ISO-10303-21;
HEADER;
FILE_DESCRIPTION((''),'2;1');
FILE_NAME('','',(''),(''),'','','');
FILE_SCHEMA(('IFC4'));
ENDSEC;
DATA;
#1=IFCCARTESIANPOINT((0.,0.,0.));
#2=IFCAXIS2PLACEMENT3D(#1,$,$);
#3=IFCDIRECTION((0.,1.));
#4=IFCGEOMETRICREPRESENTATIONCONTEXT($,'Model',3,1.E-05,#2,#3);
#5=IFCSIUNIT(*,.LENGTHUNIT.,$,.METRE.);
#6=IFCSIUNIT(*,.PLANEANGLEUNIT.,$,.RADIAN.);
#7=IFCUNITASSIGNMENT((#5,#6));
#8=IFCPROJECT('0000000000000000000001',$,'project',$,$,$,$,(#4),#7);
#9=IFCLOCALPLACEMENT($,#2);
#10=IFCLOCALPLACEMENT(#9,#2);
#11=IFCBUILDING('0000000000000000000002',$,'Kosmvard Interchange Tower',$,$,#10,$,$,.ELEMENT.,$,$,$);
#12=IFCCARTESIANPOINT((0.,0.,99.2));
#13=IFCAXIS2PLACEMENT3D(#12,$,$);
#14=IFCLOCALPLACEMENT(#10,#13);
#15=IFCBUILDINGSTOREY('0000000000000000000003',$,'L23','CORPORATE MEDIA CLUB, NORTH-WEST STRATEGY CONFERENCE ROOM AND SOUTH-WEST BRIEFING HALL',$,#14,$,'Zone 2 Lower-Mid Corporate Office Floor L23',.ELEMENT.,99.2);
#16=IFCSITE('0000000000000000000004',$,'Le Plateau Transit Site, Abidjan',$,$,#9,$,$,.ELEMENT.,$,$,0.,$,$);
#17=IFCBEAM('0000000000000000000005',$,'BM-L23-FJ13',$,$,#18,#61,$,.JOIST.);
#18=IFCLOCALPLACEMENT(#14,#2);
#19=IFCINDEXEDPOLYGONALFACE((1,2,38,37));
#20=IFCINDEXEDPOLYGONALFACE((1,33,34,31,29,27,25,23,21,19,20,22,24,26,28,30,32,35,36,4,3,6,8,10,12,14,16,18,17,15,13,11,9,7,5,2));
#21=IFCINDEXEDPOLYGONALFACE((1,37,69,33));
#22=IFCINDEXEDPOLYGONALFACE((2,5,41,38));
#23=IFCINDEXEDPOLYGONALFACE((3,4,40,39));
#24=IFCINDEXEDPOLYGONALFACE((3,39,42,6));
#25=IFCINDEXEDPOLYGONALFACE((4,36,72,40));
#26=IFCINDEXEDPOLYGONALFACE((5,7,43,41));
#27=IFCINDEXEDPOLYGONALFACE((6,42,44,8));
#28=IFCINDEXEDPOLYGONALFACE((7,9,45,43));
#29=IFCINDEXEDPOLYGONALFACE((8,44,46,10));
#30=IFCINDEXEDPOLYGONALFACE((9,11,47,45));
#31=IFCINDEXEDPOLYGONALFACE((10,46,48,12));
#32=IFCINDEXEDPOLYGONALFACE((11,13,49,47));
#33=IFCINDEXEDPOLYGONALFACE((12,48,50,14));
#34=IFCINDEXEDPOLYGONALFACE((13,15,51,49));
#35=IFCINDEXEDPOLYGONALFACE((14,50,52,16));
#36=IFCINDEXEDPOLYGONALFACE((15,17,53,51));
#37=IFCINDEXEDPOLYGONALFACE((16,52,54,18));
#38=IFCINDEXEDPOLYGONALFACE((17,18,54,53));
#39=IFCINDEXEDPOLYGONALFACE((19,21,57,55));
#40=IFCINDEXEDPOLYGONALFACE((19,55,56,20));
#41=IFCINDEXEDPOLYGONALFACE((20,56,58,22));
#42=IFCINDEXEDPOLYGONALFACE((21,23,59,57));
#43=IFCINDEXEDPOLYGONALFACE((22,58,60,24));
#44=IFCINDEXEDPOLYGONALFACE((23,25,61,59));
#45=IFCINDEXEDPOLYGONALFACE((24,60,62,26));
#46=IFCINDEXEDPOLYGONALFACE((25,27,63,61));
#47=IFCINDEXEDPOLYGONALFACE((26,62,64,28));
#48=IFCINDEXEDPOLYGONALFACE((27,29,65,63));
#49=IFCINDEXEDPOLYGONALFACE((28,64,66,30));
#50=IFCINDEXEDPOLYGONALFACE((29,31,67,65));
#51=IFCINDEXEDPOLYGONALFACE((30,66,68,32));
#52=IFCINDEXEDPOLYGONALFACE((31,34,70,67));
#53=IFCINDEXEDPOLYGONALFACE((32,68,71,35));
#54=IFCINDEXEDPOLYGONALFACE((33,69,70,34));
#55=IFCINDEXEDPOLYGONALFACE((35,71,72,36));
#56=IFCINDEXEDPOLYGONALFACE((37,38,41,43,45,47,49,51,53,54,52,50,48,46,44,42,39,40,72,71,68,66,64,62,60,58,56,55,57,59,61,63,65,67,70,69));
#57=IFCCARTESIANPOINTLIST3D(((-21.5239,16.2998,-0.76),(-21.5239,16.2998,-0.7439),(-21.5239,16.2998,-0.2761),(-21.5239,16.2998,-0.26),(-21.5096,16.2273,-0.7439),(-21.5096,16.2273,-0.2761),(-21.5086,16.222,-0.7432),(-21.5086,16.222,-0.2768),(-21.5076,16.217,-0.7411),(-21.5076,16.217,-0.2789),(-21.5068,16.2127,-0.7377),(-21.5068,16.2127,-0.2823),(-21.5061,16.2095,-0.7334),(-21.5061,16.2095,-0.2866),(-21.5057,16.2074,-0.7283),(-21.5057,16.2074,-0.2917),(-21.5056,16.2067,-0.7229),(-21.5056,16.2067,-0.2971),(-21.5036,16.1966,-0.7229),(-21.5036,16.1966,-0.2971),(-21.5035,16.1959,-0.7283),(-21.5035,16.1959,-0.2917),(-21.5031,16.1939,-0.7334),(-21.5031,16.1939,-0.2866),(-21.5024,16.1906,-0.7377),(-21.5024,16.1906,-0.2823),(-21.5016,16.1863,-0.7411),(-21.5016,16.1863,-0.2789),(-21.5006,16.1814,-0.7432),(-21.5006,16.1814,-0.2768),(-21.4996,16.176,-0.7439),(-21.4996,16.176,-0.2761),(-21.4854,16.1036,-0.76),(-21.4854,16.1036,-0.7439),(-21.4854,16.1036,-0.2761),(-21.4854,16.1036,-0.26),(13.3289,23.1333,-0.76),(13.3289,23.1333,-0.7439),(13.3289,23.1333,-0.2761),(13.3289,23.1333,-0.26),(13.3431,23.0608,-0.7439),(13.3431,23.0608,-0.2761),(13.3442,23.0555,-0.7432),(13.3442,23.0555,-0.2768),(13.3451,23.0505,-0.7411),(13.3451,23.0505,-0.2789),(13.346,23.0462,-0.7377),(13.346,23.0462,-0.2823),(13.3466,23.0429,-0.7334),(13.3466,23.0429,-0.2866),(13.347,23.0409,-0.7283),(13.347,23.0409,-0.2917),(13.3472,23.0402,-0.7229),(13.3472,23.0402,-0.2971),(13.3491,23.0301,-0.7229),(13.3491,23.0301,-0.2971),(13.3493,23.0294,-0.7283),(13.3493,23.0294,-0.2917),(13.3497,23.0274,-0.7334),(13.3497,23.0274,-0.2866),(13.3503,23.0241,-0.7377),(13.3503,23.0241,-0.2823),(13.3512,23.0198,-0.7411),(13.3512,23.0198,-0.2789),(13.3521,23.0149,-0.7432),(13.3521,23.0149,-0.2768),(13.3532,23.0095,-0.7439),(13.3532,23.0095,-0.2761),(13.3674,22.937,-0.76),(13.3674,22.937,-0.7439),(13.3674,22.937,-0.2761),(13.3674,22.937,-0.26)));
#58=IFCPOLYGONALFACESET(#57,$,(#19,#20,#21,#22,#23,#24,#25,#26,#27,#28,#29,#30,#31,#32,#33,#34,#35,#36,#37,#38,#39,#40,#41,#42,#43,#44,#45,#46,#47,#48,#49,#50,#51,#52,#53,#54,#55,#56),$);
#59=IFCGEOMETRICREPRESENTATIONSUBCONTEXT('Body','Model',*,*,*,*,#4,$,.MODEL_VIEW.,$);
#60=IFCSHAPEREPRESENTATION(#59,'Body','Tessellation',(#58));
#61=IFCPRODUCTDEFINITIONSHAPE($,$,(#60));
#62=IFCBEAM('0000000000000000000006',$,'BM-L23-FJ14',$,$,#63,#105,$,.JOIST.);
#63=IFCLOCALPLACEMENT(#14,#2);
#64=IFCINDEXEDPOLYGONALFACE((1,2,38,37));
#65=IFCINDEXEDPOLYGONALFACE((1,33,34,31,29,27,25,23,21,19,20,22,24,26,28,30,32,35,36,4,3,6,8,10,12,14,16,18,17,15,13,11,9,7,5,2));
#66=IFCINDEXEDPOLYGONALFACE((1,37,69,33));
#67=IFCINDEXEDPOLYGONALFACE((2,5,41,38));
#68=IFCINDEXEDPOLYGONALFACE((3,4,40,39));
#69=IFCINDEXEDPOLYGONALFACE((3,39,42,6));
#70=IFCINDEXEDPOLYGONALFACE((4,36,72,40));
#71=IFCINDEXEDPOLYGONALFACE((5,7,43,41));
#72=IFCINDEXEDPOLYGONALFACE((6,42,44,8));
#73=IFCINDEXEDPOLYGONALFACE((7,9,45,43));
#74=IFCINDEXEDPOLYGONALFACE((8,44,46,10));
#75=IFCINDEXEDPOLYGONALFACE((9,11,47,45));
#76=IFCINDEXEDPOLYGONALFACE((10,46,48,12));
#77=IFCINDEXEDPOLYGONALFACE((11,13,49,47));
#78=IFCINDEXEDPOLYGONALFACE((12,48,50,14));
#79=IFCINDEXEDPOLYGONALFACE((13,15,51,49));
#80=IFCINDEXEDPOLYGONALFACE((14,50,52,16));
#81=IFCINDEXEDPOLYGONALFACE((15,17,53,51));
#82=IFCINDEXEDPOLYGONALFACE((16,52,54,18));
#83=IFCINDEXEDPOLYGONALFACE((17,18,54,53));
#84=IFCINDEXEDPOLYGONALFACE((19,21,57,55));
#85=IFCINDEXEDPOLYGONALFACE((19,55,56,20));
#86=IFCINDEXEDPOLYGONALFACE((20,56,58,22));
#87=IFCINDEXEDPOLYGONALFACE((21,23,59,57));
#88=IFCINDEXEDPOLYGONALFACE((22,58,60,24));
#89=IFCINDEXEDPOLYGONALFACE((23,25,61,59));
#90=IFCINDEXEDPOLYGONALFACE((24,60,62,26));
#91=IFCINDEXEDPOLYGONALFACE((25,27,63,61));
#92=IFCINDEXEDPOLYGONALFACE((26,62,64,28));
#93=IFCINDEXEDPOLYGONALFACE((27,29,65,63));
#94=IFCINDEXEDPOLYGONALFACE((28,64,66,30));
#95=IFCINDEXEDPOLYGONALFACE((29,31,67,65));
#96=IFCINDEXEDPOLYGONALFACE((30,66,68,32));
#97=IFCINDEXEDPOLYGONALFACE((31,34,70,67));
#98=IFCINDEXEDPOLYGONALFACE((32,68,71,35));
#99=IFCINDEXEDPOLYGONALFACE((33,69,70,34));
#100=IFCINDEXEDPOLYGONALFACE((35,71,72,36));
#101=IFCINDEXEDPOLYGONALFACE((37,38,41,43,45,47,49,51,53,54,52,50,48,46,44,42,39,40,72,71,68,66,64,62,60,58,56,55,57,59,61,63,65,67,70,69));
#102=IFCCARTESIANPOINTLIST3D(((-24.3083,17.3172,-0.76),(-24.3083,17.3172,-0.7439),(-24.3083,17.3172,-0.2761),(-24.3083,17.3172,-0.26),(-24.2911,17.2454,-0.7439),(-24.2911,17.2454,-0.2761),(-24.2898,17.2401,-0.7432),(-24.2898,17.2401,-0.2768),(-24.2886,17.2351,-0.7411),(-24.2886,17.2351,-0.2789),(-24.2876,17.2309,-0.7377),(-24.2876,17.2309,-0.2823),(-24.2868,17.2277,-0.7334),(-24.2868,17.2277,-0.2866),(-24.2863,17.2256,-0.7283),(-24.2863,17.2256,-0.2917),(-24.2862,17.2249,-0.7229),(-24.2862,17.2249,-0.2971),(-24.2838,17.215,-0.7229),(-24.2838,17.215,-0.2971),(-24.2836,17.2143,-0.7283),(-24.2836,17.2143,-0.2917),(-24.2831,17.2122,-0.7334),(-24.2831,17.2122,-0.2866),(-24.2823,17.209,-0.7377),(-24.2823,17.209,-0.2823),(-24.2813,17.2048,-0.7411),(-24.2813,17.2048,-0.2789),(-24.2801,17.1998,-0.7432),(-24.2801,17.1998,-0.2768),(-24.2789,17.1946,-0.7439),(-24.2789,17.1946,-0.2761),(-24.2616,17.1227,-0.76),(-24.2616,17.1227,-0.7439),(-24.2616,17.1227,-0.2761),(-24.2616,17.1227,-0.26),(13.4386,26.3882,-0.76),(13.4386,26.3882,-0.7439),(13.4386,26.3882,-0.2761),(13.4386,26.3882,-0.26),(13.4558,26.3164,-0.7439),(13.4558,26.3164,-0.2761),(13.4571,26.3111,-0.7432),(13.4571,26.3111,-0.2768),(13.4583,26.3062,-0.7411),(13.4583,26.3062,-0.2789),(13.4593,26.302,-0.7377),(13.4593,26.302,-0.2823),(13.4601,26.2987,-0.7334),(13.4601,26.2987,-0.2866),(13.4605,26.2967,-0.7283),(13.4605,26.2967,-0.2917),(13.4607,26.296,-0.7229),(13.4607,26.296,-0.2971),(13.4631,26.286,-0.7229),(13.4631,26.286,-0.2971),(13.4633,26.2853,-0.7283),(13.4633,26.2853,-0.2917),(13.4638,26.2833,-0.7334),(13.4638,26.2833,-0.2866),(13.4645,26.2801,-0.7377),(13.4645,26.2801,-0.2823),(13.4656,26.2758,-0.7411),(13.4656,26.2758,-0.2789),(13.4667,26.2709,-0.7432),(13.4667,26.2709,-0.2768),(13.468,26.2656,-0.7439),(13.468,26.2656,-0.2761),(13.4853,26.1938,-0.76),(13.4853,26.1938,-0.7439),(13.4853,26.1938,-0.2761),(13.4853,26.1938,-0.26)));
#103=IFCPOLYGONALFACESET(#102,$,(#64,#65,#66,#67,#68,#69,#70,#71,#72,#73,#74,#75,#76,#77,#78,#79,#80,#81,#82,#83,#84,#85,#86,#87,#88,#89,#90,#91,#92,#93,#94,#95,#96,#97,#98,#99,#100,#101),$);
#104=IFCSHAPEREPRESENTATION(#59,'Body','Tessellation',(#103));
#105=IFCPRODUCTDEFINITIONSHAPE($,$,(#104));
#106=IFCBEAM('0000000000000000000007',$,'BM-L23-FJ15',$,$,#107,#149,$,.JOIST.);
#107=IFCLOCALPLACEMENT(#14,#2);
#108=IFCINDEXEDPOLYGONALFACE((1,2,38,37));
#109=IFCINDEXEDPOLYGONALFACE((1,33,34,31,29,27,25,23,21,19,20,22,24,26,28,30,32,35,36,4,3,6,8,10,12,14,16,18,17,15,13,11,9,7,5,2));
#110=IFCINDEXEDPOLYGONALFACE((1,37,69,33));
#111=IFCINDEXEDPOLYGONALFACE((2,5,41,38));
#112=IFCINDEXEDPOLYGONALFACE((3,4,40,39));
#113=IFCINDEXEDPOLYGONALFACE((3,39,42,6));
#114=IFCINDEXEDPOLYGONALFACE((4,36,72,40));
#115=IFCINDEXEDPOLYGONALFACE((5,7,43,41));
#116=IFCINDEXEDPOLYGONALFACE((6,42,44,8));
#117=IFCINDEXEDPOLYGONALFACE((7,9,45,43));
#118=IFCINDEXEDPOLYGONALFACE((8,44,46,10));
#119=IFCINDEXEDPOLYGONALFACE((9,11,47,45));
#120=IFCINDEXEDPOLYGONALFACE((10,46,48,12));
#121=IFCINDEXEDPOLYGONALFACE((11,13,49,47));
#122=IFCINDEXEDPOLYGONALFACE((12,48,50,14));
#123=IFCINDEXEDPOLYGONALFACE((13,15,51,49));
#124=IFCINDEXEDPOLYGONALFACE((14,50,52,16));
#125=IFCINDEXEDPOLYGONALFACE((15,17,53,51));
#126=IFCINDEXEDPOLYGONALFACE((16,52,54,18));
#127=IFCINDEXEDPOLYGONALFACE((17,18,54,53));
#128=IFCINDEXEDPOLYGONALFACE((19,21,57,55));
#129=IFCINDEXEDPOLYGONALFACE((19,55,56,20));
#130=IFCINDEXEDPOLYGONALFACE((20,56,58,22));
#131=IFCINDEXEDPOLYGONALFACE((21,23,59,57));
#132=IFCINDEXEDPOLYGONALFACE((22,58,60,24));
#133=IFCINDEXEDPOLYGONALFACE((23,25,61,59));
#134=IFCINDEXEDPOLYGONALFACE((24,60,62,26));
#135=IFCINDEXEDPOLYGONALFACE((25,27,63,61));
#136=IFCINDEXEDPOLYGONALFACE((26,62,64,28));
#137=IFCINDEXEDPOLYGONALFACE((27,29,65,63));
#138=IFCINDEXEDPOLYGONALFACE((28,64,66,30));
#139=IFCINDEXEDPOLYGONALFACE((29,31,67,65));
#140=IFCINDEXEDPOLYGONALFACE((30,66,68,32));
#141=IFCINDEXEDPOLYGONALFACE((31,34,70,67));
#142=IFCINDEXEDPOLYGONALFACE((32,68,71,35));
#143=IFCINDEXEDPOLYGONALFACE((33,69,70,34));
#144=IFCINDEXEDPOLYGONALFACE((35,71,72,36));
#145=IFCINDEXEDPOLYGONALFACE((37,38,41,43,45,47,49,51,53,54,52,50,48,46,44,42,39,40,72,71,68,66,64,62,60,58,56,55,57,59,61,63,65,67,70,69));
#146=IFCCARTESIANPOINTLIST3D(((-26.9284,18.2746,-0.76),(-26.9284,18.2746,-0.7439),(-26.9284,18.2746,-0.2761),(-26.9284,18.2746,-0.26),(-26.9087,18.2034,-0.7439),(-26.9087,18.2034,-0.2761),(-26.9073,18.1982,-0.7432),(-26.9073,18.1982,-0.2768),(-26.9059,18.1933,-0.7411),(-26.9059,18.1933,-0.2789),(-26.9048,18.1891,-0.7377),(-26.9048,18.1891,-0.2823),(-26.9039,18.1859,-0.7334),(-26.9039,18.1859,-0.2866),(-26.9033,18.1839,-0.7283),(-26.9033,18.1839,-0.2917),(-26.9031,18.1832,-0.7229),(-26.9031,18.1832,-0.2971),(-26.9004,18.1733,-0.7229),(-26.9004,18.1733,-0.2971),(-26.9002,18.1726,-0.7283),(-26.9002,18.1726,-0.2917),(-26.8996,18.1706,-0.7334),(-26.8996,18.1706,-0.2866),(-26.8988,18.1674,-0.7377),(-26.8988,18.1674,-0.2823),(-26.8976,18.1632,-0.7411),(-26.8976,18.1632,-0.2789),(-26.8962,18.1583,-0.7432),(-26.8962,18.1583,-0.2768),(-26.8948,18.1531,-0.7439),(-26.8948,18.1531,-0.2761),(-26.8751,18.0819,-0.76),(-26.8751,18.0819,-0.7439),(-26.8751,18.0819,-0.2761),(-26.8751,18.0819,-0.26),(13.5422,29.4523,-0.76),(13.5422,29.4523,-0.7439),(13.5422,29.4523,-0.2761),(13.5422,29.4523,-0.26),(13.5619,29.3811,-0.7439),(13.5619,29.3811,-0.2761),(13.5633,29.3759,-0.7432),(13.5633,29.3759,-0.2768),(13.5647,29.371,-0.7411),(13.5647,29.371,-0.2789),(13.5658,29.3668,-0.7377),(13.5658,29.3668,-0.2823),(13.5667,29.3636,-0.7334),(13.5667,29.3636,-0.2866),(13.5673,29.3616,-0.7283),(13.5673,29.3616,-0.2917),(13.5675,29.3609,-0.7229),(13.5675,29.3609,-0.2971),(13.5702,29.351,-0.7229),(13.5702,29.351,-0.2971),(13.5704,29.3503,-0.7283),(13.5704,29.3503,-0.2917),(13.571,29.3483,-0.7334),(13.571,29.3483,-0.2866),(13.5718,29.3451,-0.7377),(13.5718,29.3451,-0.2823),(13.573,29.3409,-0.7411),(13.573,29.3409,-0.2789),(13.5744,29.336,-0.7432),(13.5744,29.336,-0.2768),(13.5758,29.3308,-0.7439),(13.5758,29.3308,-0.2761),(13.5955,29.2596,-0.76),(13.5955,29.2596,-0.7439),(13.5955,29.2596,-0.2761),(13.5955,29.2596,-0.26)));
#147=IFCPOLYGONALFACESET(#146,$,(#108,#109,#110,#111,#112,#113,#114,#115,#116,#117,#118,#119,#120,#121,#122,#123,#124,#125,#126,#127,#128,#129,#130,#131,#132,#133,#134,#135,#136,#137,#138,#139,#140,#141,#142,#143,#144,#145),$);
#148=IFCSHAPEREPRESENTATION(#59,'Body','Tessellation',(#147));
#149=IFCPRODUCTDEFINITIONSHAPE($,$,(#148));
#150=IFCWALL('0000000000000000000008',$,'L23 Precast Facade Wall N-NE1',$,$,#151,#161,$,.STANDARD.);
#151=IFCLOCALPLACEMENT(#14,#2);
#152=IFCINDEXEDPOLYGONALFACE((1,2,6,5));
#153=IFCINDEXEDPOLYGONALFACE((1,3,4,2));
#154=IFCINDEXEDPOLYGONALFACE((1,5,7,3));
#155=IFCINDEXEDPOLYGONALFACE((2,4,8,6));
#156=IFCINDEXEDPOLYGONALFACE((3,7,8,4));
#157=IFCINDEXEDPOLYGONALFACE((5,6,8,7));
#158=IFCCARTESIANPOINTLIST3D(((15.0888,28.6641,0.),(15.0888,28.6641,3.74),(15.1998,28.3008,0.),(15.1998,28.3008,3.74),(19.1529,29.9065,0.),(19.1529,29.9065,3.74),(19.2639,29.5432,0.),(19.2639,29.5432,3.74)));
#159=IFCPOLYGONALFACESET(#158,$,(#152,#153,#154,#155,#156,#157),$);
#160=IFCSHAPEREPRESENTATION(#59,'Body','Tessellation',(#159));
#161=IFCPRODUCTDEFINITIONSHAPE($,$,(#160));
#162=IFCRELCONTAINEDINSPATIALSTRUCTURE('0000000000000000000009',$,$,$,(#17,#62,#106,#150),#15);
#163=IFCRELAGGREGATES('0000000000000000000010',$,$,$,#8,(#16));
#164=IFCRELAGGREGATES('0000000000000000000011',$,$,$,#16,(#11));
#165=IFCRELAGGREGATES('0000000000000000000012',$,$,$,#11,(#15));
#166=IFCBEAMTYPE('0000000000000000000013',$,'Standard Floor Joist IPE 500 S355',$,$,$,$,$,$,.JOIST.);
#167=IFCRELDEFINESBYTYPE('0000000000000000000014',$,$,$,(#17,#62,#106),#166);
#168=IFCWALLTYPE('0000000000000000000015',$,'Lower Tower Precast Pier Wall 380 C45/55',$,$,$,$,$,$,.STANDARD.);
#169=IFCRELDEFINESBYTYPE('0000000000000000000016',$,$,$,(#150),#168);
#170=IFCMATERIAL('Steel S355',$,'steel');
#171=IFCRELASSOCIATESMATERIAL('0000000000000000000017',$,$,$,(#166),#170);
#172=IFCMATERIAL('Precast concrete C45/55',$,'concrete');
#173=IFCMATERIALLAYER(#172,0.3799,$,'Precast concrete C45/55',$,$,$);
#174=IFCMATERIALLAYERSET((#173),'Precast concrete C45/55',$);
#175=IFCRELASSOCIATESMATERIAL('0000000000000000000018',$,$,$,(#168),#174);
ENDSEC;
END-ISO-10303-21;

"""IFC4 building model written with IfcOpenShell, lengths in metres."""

from ifc_helpers import new_model, si_unit, direction, frame, frame_2d, origin, origin_2d, place, context, subcontext, project, spatial, rectangle, i_section, extrude, source, transform, mapped, material, layer, layer_set, material_profile, profile_set, type_object, element, save


model = new_model("IFC4")

# Units and contexts
model_context = context("Model", 3, precision=1e-05, world=origin(), true_north=direction((0.0, 1.0)))
body_context = subcontext(model_context, "Body", "Model", "MODEL_VIEW")
ifc_project = project(units=[si_unit("LENGTHUNIT", "METRE"), si_unit("PLANEANGLEUNIT", "RADIAN")], contexts=[model_context])

# Site, building, storey
site_placement = place(None, origin())
site = spatial("IfcSite", under=ifc_project, at=site_placement, Name="Le Plateau Transit Site, Abidjan", CompositionType="ELEMENT", RefElevation=0.0)
building_placement = place(site_placement, origin())
building = spatial("IfcBuilding", under=site, at=building_placement, Name="Kosmvard Interchange Tower", CompositionType="ELEMENT")
storey_placement = place(building_placement, frame((0.0, 0.0, 99.2)))
storey = spatial("IfcBuildingStorey", under=building, at=storey_placement, Name="L23", Description="CORPORATE MEDIA CLUB, NORTH-WEST STRATEGY CONFERENCE ROOM AND SOUTH-WEST BRIEFING HALL", LongName="Zone 2 Lower-Mid Corporate Office Floor L23", CompositionType="ELEMENT", Elevation=99.2)

# Beams
ifc_material_1 = material(Name="Steel S355", Category="steel")
ifc_material_2 = material(Name="Precast concrete C45/55", Category="concrete")
ifc_material_profile_1 = material_profile(ifc_material_1, i_section(OverallWidth=0.2, OverallDepth=0.5, WebThickness=0.0103, FlangeThickness=0.0161, FilletRadius=0.021, at=origin_2d()), Name="IPE 500")
ifc_profile_set_1 = profile_set([ifc_material_profile_1], Name="Steel S355")
beam_type_1 = type_object("IfcBeamType", Name="Standard Floor Joist IPE 500 S355", PredefinedType="JOIST", material=ifc_profile_set_1)
shared_shape_1 = source(origin(), body_context, "Body", "SweptSolid", [
    extrude(i_section(OverallWidth=0.2, OverallDepth=0.5, WebThickness=0.0103, FlangeThickness=0.0161, FilletRadius=0.021, at=origin_2d()), origin(), (0.0, 0.0, 1.0), 35.5164),
])
beam_1_placement = place(storey_placement, frame((13.3481, 23.0352, -0.51), z_axis=(-0.981316, -0.192404, 0.0), x_axis=(0.192404, -0.981316, 0.0)))
element("IfcBeam", 1, at=beam_1_placement, inside=storey, type_object=beam_type_1, Name="BM-L23-FJ13", PredefinedType="JOIST", context=body_context, shape_type="MappedRepresentation", body=[
    mapped(shared_shape_1, transform((0.0, 0.0, 0.0), scale=1.0)),
])
shared_shape_2 = source(origin(), body_context, "Body", "SweptSolid", [
    extrude(i_section(OverallWidth=0.2, OverallDepth=0.5, WebThickness=0.0103, FlangeThickness=0.0161, FilletRadius=0.021, at=origin_2d()), origin(), (0.0, 0.0, 1.0), 38.8215),
])
beam_2_placement = place(storey_placement, frame((13.4619, 26.291, -0.51), z_axis=(-0.972318, -0.233661, 0.0), x_axis=(0.233661, -0.972318, 0.0)))
element("IfcBeam", 2, at=beam_2_placement, inside=storey, type_object=beam_type_1, Name="BM-L23-FJ14", PredefinedType="JOIST", context=body_context, shape_type="MappedRepresentation", body=[
    mapped(shared_shape_2, transform((0.0, 0.0, 0.0), scale=1.0)),
])
shared_shape_3 = source(origin(), body_context, "Body", "SweptSolid", [
    extrude(i_section(OverallWidth=0.2, OverallDepth=0.5, WebThickness=0.0103, FlangeThickness=0.0161, FilletRadius=0.021, at=origin_2d()), origin(), (0.0, 0.0, 1.0), 41.9858),
])
beam_3_placement = place(storey_placement, frame((13.5688, 29.356, -0.51), z_axis=(-0.963911, -0.266226, 0.0), x_axis=(0.266226, -0.963911, 0.0)))
element("IfcBeam", 3, at=beam_3_placement, inside=storey, type_object=beam_type_1, Name="BM-L23-FJ15", PredefinedType="JOIST", context=body_context, shape_type="MappedRepresentation", body=[
    mapped(shared_shape_3, transform((0.0, 0.0, 0.0), scale=1.0)),
])

# Wall
ifc_layer_1 = layer(ifc_material_2, 0.3799, Name="Precast concrete C45/55")
ifc_layer_set_1 = layer_set([ifc_layer_1], Name="Precast concrete C45/55")
wall_type = type_object("IfcWallType", Name="Lower Tower Precast Pier Wall 380 C45/55", PredefinedType="STANDARD", material=ifc_layer_set_1)
wall_1_placement = place(storey_placement, frame((19.2085, 29.7249, 0.0), z_axis=(0.0, 0.0, 1.0), x_axis=(-0.956313, -0.292346, 0.0)))
element("IfcWall", 4, at=wall_1_placement, inside=storey, type_object=wall_type, Name="L23 Precast Facade Wall N-NE1", PredefinedType="STANDARD", context=body_context, shape_type="SweptSolid", body=[
    extrude(rectangle(XDim=4.2498, YDim=0.3799, at=frame_2d((2.125, 0.0))), origin(), (0.0, 0.0, 1.0), 3.74),
])

save(model, "model.ifc")
